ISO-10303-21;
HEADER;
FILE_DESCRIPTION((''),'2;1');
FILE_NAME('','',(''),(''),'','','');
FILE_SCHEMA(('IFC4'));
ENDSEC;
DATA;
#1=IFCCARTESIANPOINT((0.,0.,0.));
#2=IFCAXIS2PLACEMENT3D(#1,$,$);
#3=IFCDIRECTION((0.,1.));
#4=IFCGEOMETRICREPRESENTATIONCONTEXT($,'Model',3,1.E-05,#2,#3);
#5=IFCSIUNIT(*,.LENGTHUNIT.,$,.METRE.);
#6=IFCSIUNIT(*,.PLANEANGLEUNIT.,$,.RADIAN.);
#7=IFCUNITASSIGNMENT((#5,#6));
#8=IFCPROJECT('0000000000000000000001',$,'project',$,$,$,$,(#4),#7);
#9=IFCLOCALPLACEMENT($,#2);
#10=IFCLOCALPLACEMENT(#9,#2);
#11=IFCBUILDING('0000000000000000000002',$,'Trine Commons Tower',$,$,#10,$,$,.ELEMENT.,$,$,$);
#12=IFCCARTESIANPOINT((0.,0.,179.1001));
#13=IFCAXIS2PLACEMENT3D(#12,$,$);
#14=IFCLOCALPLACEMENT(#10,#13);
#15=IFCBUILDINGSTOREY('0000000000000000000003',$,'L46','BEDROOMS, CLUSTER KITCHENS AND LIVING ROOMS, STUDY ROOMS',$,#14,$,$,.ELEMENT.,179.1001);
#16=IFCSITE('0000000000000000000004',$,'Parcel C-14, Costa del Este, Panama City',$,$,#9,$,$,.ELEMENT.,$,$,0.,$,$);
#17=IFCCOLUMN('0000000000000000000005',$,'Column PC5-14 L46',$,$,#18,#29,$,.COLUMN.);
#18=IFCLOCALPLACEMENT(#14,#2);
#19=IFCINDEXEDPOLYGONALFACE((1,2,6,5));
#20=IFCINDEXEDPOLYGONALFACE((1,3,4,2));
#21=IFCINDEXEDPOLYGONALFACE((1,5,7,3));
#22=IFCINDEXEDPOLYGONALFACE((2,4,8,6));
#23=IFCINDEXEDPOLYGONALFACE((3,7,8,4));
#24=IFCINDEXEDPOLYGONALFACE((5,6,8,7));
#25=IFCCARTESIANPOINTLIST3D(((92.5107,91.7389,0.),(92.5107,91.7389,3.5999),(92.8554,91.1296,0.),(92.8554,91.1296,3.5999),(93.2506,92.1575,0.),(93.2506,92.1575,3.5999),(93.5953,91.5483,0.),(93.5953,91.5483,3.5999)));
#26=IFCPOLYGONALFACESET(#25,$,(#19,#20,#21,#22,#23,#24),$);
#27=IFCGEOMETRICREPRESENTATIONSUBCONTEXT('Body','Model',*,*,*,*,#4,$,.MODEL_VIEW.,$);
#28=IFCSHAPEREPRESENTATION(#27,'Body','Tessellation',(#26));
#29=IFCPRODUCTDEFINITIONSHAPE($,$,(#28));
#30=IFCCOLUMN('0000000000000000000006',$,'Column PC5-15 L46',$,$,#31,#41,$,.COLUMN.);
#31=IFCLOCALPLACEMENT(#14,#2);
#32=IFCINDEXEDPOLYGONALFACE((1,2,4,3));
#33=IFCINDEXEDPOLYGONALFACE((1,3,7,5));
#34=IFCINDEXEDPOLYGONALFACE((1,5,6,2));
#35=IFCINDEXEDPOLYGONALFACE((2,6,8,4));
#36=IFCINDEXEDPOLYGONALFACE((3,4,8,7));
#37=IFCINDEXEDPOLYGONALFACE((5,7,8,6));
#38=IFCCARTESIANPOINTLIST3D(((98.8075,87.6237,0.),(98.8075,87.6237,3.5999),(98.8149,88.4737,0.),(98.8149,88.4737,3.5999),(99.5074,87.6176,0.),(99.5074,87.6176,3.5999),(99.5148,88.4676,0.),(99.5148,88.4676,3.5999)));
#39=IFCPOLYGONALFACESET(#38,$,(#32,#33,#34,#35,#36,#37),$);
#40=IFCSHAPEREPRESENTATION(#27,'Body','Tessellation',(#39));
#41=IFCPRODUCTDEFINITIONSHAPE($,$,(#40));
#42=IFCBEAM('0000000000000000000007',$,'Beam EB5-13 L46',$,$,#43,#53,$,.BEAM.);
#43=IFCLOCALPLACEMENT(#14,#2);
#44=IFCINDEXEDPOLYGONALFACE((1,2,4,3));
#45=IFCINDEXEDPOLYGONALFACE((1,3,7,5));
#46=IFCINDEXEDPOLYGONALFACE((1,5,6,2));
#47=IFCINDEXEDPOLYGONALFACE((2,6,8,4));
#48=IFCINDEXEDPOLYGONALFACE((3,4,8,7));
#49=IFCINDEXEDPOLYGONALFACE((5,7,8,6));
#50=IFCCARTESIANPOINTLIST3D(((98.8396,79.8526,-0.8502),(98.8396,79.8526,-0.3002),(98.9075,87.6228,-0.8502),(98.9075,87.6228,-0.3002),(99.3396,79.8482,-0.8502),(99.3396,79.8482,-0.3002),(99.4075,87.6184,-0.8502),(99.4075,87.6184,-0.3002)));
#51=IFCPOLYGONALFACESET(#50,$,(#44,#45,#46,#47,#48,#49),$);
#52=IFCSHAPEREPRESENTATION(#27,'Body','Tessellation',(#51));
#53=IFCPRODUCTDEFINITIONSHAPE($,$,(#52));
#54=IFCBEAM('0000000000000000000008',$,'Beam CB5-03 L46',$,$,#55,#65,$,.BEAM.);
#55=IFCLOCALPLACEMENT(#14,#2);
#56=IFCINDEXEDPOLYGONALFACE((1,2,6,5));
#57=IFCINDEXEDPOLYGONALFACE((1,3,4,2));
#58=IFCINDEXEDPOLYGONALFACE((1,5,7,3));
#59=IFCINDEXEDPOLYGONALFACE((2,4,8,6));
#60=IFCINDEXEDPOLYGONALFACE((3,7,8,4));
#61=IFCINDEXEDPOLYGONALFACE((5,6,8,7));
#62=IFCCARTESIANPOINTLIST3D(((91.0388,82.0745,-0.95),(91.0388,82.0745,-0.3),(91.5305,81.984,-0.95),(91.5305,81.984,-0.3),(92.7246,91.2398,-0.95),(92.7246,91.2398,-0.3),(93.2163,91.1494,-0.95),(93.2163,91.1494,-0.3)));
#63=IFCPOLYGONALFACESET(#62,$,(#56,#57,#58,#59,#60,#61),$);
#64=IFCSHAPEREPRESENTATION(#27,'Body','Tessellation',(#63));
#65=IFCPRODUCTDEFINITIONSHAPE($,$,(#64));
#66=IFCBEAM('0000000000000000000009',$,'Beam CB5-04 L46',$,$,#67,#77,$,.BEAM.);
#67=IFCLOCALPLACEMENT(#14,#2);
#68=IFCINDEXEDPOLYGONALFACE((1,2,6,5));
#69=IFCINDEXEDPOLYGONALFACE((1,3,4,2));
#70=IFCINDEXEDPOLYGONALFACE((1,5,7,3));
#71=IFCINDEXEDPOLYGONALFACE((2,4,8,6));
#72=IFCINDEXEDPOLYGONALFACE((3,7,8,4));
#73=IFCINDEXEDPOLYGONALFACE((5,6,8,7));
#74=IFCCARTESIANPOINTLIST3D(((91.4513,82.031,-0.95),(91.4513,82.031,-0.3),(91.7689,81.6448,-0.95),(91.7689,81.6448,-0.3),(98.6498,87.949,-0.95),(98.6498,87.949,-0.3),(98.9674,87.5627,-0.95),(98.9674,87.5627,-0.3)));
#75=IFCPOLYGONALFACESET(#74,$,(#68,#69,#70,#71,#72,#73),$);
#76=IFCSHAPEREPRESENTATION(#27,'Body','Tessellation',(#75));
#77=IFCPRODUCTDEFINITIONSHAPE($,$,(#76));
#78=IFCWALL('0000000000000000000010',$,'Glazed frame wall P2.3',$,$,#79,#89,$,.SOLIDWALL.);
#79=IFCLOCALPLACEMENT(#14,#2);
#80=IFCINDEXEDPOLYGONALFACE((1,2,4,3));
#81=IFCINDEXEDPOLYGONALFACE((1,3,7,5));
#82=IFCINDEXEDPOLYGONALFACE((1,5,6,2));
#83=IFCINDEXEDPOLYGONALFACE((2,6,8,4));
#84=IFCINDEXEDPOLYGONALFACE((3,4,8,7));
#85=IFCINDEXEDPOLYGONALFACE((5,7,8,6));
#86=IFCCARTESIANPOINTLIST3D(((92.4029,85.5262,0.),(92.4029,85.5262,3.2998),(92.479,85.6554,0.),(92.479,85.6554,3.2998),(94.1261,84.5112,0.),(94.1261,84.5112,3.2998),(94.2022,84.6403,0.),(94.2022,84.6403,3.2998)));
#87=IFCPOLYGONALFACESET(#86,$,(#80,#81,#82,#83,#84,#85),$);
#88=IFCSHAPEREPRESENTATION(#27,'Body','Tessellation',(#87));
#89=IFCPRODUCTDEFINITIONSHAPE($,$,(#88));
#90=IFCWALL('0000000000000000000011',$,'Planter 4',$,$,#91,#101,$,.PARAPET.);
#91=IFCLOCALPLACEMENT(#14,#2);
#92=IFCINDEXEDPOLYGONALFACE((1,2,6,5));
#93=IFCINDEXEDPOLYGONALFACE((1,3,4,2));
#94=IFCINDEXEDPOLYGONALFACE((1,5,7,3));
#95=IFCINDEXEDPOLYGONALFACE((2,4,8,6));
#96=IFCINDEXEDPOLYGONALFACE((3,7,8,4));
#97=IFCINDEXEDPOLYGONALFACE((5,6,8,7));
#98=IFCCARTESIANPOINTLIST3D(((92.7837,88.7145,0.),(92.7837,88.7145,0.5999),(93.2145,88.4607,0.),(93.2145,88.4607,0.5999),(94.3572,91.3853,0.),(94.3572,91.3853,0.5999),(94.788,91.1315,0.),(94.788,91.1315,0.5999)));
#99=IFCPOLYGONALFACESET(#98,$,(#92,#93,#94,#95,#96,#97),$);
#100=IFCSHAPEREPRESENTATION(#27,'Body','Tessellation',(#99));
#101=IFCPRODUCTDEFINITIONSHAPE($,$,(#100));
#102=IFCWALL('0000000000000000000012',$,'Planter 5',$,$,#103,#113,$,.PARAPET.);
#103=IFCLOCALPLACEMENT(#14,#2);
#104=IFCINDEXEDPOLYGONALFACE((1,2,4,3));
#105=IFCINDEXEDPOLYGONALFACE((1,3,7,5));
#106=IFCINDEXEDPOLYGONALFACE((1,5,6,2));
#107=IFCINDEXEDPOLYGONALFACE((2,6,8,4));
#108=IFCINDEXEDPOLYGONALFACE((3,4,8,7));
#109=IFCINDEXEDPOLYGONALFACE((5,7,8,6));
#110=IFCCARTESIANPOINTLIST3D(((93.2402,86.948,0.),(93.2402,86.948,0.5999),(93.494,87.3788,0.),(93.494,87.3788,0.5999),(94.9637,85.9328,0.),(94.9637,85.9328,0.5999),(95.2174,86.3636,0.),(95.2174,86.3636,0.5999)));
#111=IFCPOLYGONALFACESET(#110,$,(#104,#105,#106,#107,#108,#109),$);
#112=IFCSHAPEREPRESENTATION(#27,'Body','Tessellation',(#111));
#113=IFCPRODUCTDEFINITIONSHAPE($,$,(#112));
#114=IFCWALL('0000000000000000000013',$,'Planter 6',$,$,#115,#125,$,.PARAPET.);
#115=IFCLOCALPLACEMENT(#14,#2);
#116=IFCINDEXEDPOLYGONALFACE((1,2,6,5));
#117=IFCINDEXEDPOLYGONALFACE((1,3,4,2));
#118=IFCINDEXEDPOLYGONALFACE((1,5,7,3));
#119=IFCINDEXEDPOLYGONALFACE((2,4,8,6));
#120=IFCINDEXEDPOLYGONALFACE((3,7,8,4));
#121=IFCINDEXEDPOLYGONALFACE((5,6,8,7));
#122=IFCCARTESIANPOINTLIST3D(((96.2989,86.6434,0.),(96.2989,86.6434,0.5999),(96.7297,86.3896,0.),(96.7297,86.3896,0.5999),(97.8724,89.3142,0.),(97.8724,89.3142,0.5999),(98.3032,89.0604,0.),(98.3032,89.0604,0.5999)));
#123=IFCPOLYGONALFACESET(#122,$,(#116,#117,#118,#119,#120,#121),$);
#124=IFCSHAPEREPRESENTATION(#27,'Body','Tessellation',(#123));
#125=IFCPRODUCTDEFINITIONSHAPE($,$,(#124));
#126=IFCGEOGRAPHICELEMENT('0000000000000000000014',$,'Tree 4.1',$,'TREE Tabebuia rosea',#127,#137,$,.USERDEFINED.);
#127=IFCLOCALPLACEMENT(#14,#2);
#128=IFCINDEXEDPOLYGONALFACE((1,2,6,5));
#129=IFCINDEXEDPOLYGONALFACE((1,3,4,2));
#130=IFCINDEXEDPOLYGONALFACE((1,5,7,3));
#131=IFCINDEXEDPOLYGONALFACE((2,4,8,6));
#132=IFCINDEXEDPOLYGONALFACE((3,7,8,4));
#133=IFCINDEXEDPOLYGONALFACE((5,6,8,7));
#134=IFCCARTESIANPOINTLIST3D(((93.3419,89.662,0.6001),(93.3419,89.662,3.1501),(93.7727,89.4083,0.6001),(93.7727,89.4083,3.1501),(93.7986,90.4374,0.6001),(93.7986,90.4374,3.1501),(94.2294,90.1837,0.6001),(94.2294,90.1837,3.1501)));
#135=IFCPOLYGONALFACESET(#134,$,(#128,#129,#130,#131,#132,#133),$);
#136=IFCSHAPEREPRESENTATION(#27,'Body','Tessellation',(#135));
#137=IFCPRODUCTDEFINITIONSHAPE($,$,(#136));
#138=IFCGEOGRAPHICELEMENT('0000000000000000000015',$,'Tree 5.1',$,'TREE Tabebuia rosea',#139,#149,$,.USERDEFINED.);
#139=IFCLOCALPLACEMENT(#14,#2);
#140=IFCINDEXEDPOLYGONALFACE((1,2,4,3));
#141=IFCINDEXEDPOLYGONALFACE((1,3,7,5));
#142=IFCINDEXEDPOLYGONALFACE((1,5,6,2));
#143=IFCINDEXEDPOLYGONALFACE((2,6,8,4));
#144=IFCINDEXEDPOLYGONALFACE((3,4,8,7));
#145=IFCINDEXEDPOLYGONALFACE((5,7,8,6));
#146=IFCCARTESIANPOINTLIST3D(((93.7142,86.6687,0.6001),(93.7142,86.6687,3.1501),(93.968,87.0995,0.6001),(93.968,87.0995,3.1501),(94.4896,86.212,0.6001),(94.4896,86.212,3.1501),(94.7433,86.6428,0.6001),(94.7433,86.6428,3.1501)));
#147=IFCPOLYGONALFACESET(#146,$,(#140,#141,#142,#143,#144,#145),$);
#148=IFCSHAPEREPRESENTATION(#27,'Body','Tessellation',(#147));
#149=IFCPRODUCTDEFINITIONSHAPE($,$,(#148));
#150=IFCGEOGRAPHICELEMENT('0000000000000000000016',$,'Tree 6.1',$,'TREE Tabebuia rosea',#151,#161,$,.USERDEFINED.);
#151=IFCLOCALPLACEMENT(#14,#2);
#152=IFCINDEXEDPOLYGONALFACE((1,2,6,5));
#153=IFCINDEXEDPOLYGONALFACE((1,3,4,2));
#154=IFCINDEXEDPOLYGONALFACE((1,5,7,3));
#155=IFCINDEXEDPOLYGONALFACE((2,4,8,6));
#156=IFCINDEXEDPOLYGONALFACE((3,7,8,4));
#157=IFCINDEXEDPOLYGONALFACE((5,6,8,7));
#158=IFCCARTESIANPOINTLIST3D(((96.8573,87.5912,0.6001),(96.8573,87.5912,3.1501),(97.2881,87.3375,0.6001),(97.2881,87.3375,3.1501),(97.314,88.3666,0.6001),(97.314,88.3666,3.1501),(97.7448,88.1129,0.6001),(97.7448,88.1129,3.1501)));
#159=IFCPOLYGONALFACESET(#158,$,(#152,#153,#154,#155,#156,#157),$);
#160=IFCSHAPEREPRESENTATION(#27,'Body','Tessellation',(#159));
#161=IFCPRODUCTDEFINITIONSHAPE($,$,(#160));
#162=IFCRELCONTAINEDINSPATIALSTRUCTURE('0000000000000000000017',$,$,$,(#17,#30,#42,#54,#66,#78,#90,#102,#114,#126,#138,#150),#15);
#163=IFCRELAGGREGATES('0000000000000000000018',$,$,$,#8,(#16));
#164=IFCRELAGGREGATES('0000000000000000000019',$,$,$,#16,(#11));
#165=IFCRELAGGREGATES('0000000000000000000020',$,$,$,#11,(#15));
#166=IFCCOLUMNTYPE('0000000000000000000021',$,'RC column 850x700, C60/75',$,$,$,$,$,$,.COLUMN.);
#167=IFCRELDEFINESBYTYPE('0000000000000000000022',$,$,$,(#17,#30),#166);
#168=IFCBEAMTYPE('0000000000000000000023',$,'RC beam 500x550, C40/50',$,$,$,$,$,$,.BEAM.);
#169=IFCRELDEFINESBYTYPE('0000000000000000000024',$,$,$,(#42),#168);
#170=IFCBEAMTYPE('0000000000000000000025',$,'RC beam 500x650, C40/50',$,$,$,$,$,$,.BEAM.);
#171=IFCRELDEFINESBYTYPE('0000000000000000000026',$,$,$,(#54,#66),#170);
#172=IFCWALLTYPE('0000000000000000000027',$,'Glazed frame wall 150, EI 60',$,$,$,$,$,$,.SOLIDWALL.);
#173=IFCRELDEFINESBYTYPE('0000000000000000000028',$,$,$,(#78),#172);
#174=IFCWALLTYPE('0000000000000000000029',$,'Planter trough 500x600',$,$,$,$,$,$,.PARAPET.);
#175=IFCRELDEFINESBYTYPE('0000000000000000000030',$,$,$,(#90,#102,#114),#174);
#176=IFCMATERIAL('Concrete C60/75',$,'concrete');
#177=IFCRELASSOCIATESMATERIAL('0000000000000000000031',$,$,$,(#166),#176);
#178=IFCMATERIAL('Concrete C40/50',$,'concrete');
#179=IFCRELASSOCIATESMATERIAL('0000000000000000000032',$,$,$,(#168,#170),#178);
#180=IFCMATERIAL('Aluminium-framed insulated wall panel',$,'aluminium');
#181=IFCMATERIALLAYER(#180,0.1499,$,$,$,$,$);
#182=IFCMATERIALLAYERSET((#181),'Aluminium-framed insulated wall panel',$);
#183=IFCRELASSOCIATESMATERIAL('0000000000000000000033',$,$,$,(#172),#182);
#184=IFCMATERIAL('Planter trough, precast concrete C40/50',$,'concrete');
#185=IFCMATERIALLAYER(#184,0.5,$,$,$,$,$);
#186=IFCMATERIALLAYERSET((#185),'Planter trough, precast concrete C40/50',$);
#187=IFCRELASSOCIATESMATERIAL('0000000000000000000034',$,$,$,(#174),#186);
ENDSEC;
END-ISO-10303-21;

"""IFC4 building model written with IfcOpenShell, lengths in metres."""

from ifc_helpers import new_model, si_unit, direction, frame, frame_2d, origin, origin_2d, place, context, subcontext, project, spatial, polyline, rectangle, outline, extrude, material, layer, layer_set, material_profile, profile_set, type_object, element, save


model = new_model("IFC4")

# Units and contexts
model_context = context("Model", 3, precision=1e-05, world=origin(), true_north=direction((0.0, 1.0)))
body_context = subcontext(model_context, "Body", "Model", "MODEL_VIEW")
ifc_project = project(units=[si_unit("LENGTHUNIT", "METRE"), si_unit("PLANEANGLEUNIT", "RADIAN")], contexts=[model_context])

# Site, building, storey
site_placement = place(None, origin())
site = spatial("IfcSite", under=ifc_project, at=site_placement, Name="Parcel C-14, Costa del Este, Panama City", CompositionType="ELEMENT", RefElevation=0.0)
building_placement = place(site_placement, origin())
building = spatial("IfcBuilding", under=site, at=building_placement, Name="Trine Commons Tower", CompositionType="ELEMENT")
storey_placement = place(building_placement, frame((0.0, 0.0, 179.1001)))
storey = spatial("IfcBuildingStorey", under=building, at=storey_placement, Name="L46", Description="BEDROOMS, CLUSTER KITCHENS AND LIVING ROOMS, STUDY ROOMS", CompositionType="ELEMENT", Elevation=179.1001)

# Columns
ifc_material_1 = material(Name="Concrete C60/75", Category="concrete")
ifc_material_profile_1 = material_profile(ifc_material_1, rectangle(XDim=0.8501, YDim=0.7, at=origin_2d()), Name="RC 850x700")
ifc_profile_set_1 = profile_set([ifc_material_profile_1], Name="Concrete C60/75")
column_type = type_object("IfcColumnType", Name="RC column 850x700, C60/75", PredefinedType="COLUMN", material=ifc_profile_set_1)
for number, where, z_axis, x_axis, name in (
    (1, (93.053, 91.6436, 0.0), (0.0, 0.0, 1.0), (0.870356, 0.492424, 0.0), "Column PC5-14 L46"),
    (2, (99.1611, 88.0457, 0.0), (0.0, 0.0, 1.0), (0.008727, 0.999962, 0.0), "Column PC5-15 L46"),
):
    element("IfcColumn", number, at=place(storey_placement, frame(where, z_axis=z_axis, x_axis=x_axis)), inside=storey, type_object=column_type, Name=name, PredefinedType="COLUMN", context=body_context, shape_type="SweptSolid", body=[
        extrude(rectangle(XDim=0.8501, YDim=0.7, at=origin_2d()), origin(), (0.0, 0.0, 1.0), 3.5999),
    ])

# Beams
ifc_material_2 = material(Name="Concrete C40/50", Category="concrete")
ifc_material_profile_2 = material_profile(ifc_material_2, rectangle(XDim=0.5, YDim=0.55, at=origin_2d()), Name="RC 500x550")
ifc_profile_set_2 = profile_set([ifc_material_profile_2], Name="Concrete C40/50")
beam_type_1 = type_object("IfcBeamType", Name="RC beam 500x550, C40/50", PredefinedType="BEAM", material=ifc_profile_set_2)
beam_1_placement = place(storey_placement, frame((99.1575, 87.6206, -0.5752), z_axis=(-0.008734, -0.999962, 0.0), x_axis=(0.999962, -0.008734, 0.0)))
element("IfcBeam", 3, at=beam_1_placement, inside=storey, type_object=beam_type_1, Name="Beam EB5-13 L46", PredefinedType="BEAM", context=body_context, shape_type="SweptSolid", body=[
    extrude(rectangle(XDim=0.5, YDim=0.55, at=origin_2d()), origin(), (0.0, 0.0, 1.0), 7.7705),
])
ifc_material_profile_3 = material_profile(ifc_material_2, rectangle(XDim=0.5, YDim=0.6499, at=origin_2d()), Name="RC 500x650")
ifc_profile_set_3 = profile_set([ifc_material_profile_3], Name="Concrete C40/50")
beam_type_2 = type_object("IfcBeamType", Name="RC beam 500x650, C40/50", PredefinedType="BEAM", material=ifc_profile_set_3)
beam_2_placement = place(storey_placement, frame((92.9705, 91.1946, -0.625), z_axis=(-0.180898, -0.983502, 0.0), x_axis=(0.983502, -0.180898, 0.0)))
element("IfcBeam", 4, at=beam_2_placement, inside=storey, type_object=beam_type_2, Name="Beam CB5-03 L46", PredefinedType="BEAM", context=body_context, shape_type="SweptSolid", body=[
    extrude(rectangle(XDim=0.5, YDim=0.6499, at=origin_2d()), origin(), (0.0, 0.0, 1.0), 9.3191),
])
beam_3_placement = place(storey_placement, frame((98.8086, 87.7559, -0.625), z_axis=(-0.772467, -0.635055, 0.0), x_axis=(0.635055, -0.772467, 0.0)))
element("IfcBeam", 5, at=beam_3_placement, inside=storey, type_object=beam_type_2, Name="Beam CB5-04 L46", PredefinedType="BEAM", context=body_context, shape_type="SweptSolid", body=[
    extrude(rectangle(XDim=0.5, YDim=0.6499, at=origin_2d()), origin(), (0.0, 0.0, 1.0), 9.3188),
])

# Walls
ifc_material_3 = material(Name="Aluminium-framed insulated wall panel", Category="aluminium")
ifc_layer_1 = layer(ifc_material_3, 0.1499)
ifc_layer_set_1 = layer_set([ifc_layer_1], Name="Aluminium-framed insulated wall panel")
wall_type_1 = type_object("IfcWallType", Name="Glazed frame wall 150, EI 60", PredefinedType="SOLIDWALL", material=ifc_layer_set_1)
wall_1_placement = place(storey_placement, frame((92.4409, 85.5908, 0.0), z_axis=(0.0, 0.0, 1.0), x_axis=(0.861633, -0.507532, 0.0)))
element("IfcWall", 6, at=wall_1_placement, inside=storey, type_object=wall_type_1, Name="Glazed frame wall P2.3", PredefinedType="SOLIDWALL", context=body_context, shape_type="SweptSolid", body=[
    extrude(outline(polyline([(0.0, -0.075), (2.0, -0.075), (2.0, 0.075), (0.0, 0.075), (0.0, -0.075)])), origin(), (0.0, 0.0, 1.0), 3.2998),
])
ifc_material_4 = material(Name="Planter trough, precast concrete C40/50", Category="concrete")
ifc_layer_2 = layer(ifc_material_4, 0.5)
ifc_layer_set_2 = layer_set([ifc_layer_2], Name="Planter trough, precast concrete C40/50")
wall_type_2 = type_object("IfcWallType", Name="Planter trough 500x600", PredefinedType="PARAPET", material=ifc_layer_set_2)
wall_2_placement = place(storey_placement, frame((94.5725, 91.2583, 0.0), z_axis=(0.0, 0.0, 1.0), x_axis=(-0.507588, -0.8616, 0.0)))
element("IfcWall", 7, at=wall_2_placement, inside=storey, type_object=wall_type_2, Name="Planter 4", PredefinedType="PARAPET", context=body_context, shape_type="SweptSolid", body=[
    extrude(rectangle(XDim=3.0999, YDim=0.5, at=frame_2d((1.5498, 0.0))), origin(), (0.0, 0.0, 1.0), 0.5999),
])
wall_3_placement = place(storey_placement, frame((93.3672, 87.1633, 0.0), z_axis=(0.0, 0.0, 1.0), x_axis=(0.861633, -0.507532, 0.0)))
element("IfcWall", 8, at=wall_3_placement, inside=storey, type_object=wall_type_2, Name="Planter 5", PredefinedType="PARAPET", context=body_context, shape_type="SweptSolid", body=[
    extrude(rectangle(XDim=2.0002, YDim=0.5, at=frame_2d((1.0, 0.0))), origin(), (0.0, 0.0, 1.0), 0.5999),
])
wall_4_placement = place(storey_placement, frame((96.5144, 86.5166, 0.0), z_axis=(0.0, 0.0, 1.0), x_axis=(0.507588, 0.8616, 0.0)))
element("IfcWall", 9, at=wall_4_placement, inside=storey, type_object=wall_type_2, Name="Planter 6", PredefinedType="PARAPET", context=body_context, shape_type="SweptSolid", body=[
    extrude(rectangle(XDim=3.0999, YDim=0.5, at=frame_2d((1.5498, 0.0))), origin(), (0.0, 0.0, 1.0), 0.5999),
])

# Geographic elements
for number, where, z_axis, x_axis, name in (
    (10, (93.7856, 89.9229, 0.6001), (0.0, 0.0, 1.0), (-0.50754, -0.861628, 0.0), "Tree 4.1"),
    (11, (94.2288, 86.6558, 0.6001), (0.0, 0.0, 1.0), (0.861628, -0.50754, 0.0), "Tree 5.1"),
    (12, (97.301, 87.8521, 0.6001), (0.0, 0.0, 1.0), (0.50754, 0.861628, 0.0), "Tree 6.1"),
):
    element("IfcGeographicElement", number, at=place(storey_placement, frame(where, z_axis=z_axis, x_axis=x_axis)), inside=storey, Name=name, ObjectType="TREE Tabebuia rosea", PredefinedType="USERDEFINED", context=body_context, shape_type="SweptSolid", body=[
        extrude(rectangle(XDim=0.8999, YDim=0.5, at=origin_2d()), origin(), (0.0, 0.0, 1.0), 2.55),
    ])

save(model, "model.ifc")
